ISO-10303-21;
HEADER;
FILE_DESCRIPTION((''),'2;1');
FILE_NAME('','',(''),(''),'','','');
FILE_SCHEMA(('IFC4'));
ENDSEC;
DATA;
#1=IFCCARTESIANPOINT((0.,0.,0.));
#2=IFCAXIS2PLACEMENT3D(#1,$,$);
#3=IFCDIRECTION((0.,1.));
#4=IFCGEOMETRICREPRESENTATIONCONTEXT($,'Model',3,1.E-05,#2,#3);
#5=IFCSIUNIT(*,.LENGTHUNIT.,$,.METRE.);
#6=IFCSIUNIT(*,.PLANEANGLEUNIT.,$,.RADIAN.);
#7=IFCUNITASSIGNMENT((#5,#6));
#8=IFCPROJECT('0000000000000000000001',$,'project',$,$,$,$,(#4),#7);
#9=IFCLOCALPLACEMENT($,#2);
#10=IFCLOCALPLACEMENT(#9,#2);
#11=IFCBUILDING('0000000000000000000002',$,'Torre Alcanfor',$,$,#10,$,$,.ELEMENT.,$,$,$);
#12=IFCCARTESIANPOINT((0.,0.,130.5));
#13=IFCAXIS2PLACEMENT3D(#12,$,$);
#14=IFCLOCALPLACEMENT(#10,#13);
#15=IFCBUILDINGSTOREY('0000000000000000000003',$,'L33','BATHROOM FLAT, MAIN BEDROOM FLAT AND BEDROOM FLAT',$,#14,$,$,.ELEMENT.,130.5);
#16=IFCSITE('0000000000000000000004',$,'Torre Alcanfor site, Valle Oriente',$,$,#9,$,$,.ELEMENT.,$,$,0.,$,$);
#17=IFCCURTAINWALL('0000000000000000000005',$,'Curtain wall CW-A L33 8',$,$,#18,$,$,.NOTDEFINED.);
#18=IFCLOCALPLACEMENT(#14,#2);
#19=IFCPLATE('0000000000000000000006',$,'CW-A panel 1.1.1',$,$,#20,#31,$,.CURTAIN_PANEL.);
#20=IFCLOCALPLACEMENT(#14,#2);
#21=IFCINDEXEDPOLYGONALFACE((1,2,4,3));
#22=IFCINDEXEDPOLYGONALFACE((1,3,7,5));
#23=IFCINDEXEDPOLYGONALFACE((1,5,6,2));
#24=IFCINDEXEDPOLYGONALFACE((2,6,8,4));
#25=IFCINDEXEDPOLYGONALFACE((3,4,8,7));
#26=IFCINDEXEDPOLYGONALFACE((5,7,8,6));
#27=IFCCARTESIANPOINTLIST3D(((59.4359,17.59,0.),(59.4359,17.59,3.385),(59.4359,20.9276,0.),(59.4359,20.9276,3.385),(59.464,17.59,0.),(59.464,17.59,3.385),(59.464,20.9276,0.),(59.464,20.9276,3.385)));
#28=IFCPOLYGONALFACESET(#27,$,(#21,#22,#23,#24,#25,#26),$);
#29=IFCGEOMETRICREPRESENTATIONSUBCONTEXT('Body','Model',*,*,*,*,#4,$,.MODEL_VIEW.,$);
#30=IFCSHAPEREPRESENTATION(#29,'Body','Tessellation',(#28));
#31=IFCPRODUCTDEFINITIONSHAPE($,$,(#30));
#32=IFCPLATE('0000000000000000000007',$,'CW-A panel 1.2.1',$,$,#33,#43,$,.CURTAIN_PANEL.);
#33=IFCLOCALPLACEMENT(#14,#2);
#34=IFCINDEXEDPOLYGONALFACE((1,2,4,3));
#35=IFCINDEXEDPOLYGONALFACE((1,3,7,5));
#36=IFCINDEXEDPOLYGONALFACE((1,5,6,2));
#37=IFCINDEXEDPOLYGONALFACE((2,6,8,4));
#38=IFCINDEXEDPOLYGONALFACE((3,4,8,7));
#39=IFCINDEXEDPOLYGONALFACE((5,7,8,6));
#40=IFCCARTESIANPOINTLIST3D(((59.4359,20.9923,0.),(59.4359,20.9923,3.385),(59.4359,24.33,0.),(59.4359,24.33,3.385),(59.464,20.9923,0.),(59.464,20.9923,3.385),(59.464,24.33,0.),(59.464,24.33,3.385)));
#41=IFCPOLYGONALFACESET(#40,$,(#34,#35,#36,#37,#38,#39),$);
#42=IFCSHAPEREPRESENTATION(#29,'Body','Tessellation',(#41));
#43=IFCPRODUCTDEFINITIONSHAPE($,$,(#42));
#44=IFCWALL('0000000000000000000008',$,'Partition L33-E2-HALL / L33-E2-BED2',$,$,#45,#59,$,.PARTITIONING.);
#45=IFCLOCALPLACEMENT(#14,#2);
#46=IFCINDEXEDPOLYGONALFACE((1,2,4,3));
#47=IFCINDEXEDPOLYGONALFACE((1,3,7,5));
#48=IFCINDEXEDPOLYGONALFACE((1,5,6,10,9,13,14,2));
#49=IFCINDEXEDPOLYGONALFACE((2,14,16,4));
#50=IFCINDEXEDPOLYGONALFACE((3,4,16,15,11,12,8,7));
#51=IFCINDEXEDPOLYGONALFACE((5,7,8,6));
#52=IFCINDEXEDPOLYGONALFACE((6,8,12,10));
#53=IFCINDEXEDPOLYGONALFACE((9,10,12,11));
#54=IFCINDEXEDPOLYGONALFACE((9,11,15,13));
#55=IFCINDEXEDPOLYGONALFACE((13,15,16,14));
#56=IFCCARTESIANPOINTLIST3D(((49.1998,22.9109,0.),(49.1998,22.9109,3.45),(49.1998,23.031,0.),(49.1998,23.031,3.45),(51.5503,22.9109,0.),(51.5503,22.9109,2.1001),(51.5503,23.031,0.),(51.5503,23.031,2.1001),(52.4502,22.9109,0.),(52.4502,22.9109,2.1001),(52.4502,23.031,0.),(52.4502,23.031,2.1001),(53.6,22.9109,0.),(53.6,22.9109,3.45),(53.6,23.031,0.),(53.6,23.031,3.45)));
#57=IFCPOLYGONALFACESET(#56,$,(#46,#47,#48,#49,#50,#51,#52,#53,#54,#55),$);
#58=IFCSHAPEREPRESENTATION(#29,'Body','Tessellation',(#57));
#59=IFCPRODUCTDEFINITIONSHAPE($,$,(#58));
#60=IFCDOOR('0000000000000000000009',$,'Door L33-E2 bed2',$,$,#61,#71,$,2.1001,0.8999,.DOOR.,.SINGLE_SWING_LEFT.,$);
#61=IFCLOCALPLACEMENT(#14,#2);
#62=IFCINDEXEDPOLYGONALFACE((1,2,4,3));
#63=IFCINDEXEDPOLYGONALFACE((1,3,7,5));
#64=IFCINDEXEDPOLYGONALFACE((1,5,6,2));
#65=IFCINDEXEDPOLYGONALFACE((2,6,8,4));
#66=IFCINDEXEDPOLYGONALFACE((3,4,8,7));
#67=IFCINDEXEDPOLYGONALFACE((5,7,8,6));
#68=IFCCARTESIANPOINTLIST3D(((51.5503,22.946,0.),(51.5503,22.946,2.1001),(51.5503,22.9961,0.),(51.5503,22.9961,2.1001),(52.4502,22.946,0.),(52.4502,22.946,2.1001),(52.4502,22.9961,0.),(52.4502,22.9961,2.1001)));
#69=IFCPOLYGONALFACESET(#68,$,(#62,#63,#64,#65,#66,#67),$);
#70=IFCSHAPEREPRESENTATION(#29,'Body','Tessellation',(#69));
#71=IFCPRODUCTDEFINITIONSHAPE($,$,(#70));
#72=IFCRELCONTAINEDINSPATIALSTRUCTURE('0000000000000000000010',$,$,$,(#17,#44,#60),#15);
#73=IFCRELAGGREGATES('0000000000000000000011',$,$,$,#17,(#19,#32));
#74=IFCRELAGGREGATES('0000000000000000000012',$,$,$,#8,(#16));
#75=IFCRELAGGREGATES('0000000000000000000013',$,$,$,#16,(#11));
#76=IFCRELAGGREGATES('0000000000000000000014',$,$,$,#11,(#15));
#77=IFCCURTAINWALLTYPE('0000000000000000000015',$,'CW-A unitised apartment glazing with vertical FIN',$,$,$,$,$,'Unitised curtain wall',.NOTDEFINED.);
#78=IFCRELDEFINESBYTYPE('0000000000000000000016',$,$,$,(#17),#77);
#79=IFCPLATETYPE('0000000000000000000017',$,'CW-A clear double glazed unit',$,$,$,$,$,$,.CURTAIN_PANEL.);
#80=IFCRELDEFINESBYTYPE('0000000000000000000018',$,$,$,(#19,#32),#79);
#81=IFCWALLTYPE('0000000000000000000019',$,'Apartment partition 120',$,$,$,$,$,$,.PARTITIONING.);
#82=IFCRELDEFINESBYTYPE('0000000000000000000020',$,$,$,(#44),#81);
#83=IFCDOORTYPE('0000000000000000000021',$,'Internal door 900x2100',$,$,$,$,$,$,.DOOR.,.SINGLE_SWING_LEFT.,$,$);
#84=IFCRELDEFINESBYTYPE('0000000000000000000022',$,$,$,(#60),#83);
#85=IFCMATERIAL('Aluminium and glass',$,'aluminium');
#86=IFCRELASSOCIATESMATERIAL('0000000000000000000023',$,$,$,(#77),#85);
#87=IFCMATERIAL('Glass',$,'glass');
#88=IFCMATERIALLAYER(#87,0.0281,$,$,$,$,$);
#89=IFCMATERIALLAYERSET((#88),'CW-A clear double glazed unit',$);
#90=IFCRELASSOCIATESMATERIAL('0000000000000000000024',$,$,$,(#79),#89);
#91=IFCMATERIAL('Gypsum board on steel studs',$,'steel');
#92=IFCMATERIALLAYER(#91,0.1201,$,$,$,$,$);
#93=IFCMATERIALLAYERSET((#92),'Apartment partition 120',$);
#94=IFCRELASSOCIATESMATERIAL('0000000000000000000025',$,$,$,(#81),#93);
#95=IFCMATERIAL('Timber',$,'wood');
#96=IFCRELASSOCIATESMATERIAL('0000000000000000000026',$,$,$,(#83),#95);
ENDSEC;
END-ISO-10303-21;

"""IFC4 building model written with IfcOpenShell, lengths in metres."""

from ifc_helpers import new_model, si_unit, direction, frame, frame_2d, origin, origin_2d, place, context, subcontext, project, spatial, rectangle, extrude, material, layer, layer_set, type_object, element, fill, aggregate, save


model = new_model("IFC4")

# Units and contexts
model_context = context("Model", 3, precision=1e-05, world=origin(), true_north=direction((0.0, 1.0)))
body_context = subcontext(model_context, "Body", "Model", "MODEL_VIEW")
ifc_project = project(units=[si_unit("LENGTHUNIT", "METRE"), si_unit("PLANEANGLEUNIT", "RADIAN")], contexts=[model_context])

# Site, building, storey
site_placement = place(None, origin())
site = spatial("IfcSite", under=ifc_project, at=site_placement, Name="Torre Alcanfor site, Valle Oriente", CompositionType="ELEMENT", RefElevation=0.0)
building_placement = place(site_placement, origin())
building = spatial("IfcBuilding", under=site, at=building_placement, Name="Torre Alcanfor", CompositionType="ELEMENT")
storey_placement = place(building_placement, frame((0.0, 0.0, 130.5)))
storey = spatial("IfcBuildingStorey", under=building, at=storey_placement, Name="L33", Description="BATHROOM FLAT, MAIN BEDROOM FLAT AND BEDROOM FLAT", CompositionType="ELEMENT", Elevation=130.5)

# Curtain wall
ifc_material_1 = material(Name="Aluminium and glass", Category="aluminium")
curtain_wall_type = type_object("IfcCurtainWallType", Name="CW-A unitised apartment glazing with vertical FIN", ElementType="Unitised curtain wall", PredefinedType="NOTDEFINED", material=ifc_material_1)
curtain_wall_placement = place(storey_placement, origin())
curtain_wall = element("IfcCurtainWall", 1, at=curtain_wall_placement, inside=storey, type_object=curtain_wall_type, Name="Curtain wall CW-A L33 8", PredefinedType="NOTDEFINED")

# Plates
ifc_material_2 = material(Name="Glass", Category="glass")
ifc_layer_1 = layer(ifc_material_2, 0.0281)
ifc_layer_set_1 = layer_set([ifc_layer_1], Name="CW-A clear double glazed unit")
plate_type = type_object("IfcPlateType", Name="CW-A clear double glazed unit", PredefinedType="CURTAIN_PANEL", material=ifc_layer_set_1)
plate_1_placement = place(storey_placement, frame((59.45, 19.2588, 0.0), z_axis=(0.0, 0.0, 1.0), x_axis=(0.0, 1.0, 0.0)))
plate_1 = element("IfcPlate", 2, at=plate_1_placement, type_object=plate_type, Name="CW-A panel 1.1.1", PredefinedType="CURTAIN_PANEL", context=body_context, shape_type="SweptSolid", body=[
    extrude(rectangle(XDim=3.3376, YDim=0.0281, at=origin_2d()), origin(), (0.0, 0.0, 1.0), 3.385),
])
plate_2_placement = place(storey_placement, frame((59.45, 22.6611, 0.0), z_axis=(0.0, 0.0, 1.0), x_axis=(0.0, 1.0, 0.0)))
plate_2 = element("IfcPlate", 3, at=plate_2_placement, type_object=plate_type, Name="CW-A panel 1.2.1", PredefinedType="CURTAIN_PANEL", context=body_context, shape_type="SweptSolid", body=[
    extrude(rectangle(XDim=3.3376, YDim=0.0281, at=origin_2d()), origin(), (0.0, 0.0, 1.0), 3.385),
])
aggregate(curtain_wall, [plate_1, plate_2])

# Wall, opening, door
ifc_material_3 = material(Name="Gypsum board on steel studs", Category="steel")
ifc_layer_2 = layer(ifc_material_3, 0.1201)
ifc_layer_set_2 = layer_set([ifc_layer_2], Name="Apartment partition 120")
wall_type_1 = type_object("IfcWallType", Name="Apartment partition 120", PredefinedType="PARTITIONING", material=ifc_layer_set_2)
wall_1_placement = place(storey_placement, frame((53.6001, 22.9709, 0.0), z_axis=(0.0, 0.0, 1.0), x_axis=(-1.0, 0.0, 0.0)))
wall_1 = element("IfcWall", 4, at=wall_1_placement, inside=storey, type_object=wall_type_1, Name="Partition L33-E2-HALL / L33-E2-BED2", PredefinedType="PARTITIONING", context=body_context, shape_type="SweptSolid", body=[
    extrude(rectangle(XDim=4.4001, YDim=0.1201, at=frame_2d((2.2002, 0.0))), origin(), (0.0, 0.0, 1.0), 3.45),
])
opening_placement = place(wall_1_placement, frame((1.1499, 0.0, 0.0)))
opening = element("IfcOpeningElement", 5, at=opening_placement, cuts=wall_1, PredefinedType="OPENING", context=body_context, shape_type="SweptSolid", body=[
    extrude(rectangle(XDim=0.8999, YDim=2.1001, at=frame_2d((0.45, 1.05))), frame((0.0, 0.0701, 0.0), z_axis=(0.0, -1.0, 0.0), x_axis=(1.0, 0.0, 0.0)), (0.0, 0.0, 1.0), 0.1401),
])
ifc_material_4 = material(Name="Timber", Category="wood")
door_type = type_object("IfcDoorType", Name="Internal door 900x2100", OperationType="SINGLE_SWING_LEFT", PredefinedType="DOOR", material=ifc_material_4)
door_placement = place(opening_placement, origin())
door = element("IfcDoor", 6, at=door_placement, inside=storey, type_object=door_type, Name="Door L33-E2 bed2", OperationType="SINGLE_SWING_LEFT", OverallHeight=2.1001, OverallWidth=0.8999, PredefinedType="DOOR", context=body_context, shape_type="SweptSolid", body=[
    extrude(rectangle(XDim=0.8999, YDim=2.1001, at=frame_2d((0.45, 1.05))), frame((0.0, 0.0249, 0.0), z_axis=(0.0, -1.0, 0.0), x_axis=(1.0, 0.0, 0.0)), (0.0, 0.0, 1.0), 0.05),
])
fill(opening, door)

save(model, "model.ifc")
